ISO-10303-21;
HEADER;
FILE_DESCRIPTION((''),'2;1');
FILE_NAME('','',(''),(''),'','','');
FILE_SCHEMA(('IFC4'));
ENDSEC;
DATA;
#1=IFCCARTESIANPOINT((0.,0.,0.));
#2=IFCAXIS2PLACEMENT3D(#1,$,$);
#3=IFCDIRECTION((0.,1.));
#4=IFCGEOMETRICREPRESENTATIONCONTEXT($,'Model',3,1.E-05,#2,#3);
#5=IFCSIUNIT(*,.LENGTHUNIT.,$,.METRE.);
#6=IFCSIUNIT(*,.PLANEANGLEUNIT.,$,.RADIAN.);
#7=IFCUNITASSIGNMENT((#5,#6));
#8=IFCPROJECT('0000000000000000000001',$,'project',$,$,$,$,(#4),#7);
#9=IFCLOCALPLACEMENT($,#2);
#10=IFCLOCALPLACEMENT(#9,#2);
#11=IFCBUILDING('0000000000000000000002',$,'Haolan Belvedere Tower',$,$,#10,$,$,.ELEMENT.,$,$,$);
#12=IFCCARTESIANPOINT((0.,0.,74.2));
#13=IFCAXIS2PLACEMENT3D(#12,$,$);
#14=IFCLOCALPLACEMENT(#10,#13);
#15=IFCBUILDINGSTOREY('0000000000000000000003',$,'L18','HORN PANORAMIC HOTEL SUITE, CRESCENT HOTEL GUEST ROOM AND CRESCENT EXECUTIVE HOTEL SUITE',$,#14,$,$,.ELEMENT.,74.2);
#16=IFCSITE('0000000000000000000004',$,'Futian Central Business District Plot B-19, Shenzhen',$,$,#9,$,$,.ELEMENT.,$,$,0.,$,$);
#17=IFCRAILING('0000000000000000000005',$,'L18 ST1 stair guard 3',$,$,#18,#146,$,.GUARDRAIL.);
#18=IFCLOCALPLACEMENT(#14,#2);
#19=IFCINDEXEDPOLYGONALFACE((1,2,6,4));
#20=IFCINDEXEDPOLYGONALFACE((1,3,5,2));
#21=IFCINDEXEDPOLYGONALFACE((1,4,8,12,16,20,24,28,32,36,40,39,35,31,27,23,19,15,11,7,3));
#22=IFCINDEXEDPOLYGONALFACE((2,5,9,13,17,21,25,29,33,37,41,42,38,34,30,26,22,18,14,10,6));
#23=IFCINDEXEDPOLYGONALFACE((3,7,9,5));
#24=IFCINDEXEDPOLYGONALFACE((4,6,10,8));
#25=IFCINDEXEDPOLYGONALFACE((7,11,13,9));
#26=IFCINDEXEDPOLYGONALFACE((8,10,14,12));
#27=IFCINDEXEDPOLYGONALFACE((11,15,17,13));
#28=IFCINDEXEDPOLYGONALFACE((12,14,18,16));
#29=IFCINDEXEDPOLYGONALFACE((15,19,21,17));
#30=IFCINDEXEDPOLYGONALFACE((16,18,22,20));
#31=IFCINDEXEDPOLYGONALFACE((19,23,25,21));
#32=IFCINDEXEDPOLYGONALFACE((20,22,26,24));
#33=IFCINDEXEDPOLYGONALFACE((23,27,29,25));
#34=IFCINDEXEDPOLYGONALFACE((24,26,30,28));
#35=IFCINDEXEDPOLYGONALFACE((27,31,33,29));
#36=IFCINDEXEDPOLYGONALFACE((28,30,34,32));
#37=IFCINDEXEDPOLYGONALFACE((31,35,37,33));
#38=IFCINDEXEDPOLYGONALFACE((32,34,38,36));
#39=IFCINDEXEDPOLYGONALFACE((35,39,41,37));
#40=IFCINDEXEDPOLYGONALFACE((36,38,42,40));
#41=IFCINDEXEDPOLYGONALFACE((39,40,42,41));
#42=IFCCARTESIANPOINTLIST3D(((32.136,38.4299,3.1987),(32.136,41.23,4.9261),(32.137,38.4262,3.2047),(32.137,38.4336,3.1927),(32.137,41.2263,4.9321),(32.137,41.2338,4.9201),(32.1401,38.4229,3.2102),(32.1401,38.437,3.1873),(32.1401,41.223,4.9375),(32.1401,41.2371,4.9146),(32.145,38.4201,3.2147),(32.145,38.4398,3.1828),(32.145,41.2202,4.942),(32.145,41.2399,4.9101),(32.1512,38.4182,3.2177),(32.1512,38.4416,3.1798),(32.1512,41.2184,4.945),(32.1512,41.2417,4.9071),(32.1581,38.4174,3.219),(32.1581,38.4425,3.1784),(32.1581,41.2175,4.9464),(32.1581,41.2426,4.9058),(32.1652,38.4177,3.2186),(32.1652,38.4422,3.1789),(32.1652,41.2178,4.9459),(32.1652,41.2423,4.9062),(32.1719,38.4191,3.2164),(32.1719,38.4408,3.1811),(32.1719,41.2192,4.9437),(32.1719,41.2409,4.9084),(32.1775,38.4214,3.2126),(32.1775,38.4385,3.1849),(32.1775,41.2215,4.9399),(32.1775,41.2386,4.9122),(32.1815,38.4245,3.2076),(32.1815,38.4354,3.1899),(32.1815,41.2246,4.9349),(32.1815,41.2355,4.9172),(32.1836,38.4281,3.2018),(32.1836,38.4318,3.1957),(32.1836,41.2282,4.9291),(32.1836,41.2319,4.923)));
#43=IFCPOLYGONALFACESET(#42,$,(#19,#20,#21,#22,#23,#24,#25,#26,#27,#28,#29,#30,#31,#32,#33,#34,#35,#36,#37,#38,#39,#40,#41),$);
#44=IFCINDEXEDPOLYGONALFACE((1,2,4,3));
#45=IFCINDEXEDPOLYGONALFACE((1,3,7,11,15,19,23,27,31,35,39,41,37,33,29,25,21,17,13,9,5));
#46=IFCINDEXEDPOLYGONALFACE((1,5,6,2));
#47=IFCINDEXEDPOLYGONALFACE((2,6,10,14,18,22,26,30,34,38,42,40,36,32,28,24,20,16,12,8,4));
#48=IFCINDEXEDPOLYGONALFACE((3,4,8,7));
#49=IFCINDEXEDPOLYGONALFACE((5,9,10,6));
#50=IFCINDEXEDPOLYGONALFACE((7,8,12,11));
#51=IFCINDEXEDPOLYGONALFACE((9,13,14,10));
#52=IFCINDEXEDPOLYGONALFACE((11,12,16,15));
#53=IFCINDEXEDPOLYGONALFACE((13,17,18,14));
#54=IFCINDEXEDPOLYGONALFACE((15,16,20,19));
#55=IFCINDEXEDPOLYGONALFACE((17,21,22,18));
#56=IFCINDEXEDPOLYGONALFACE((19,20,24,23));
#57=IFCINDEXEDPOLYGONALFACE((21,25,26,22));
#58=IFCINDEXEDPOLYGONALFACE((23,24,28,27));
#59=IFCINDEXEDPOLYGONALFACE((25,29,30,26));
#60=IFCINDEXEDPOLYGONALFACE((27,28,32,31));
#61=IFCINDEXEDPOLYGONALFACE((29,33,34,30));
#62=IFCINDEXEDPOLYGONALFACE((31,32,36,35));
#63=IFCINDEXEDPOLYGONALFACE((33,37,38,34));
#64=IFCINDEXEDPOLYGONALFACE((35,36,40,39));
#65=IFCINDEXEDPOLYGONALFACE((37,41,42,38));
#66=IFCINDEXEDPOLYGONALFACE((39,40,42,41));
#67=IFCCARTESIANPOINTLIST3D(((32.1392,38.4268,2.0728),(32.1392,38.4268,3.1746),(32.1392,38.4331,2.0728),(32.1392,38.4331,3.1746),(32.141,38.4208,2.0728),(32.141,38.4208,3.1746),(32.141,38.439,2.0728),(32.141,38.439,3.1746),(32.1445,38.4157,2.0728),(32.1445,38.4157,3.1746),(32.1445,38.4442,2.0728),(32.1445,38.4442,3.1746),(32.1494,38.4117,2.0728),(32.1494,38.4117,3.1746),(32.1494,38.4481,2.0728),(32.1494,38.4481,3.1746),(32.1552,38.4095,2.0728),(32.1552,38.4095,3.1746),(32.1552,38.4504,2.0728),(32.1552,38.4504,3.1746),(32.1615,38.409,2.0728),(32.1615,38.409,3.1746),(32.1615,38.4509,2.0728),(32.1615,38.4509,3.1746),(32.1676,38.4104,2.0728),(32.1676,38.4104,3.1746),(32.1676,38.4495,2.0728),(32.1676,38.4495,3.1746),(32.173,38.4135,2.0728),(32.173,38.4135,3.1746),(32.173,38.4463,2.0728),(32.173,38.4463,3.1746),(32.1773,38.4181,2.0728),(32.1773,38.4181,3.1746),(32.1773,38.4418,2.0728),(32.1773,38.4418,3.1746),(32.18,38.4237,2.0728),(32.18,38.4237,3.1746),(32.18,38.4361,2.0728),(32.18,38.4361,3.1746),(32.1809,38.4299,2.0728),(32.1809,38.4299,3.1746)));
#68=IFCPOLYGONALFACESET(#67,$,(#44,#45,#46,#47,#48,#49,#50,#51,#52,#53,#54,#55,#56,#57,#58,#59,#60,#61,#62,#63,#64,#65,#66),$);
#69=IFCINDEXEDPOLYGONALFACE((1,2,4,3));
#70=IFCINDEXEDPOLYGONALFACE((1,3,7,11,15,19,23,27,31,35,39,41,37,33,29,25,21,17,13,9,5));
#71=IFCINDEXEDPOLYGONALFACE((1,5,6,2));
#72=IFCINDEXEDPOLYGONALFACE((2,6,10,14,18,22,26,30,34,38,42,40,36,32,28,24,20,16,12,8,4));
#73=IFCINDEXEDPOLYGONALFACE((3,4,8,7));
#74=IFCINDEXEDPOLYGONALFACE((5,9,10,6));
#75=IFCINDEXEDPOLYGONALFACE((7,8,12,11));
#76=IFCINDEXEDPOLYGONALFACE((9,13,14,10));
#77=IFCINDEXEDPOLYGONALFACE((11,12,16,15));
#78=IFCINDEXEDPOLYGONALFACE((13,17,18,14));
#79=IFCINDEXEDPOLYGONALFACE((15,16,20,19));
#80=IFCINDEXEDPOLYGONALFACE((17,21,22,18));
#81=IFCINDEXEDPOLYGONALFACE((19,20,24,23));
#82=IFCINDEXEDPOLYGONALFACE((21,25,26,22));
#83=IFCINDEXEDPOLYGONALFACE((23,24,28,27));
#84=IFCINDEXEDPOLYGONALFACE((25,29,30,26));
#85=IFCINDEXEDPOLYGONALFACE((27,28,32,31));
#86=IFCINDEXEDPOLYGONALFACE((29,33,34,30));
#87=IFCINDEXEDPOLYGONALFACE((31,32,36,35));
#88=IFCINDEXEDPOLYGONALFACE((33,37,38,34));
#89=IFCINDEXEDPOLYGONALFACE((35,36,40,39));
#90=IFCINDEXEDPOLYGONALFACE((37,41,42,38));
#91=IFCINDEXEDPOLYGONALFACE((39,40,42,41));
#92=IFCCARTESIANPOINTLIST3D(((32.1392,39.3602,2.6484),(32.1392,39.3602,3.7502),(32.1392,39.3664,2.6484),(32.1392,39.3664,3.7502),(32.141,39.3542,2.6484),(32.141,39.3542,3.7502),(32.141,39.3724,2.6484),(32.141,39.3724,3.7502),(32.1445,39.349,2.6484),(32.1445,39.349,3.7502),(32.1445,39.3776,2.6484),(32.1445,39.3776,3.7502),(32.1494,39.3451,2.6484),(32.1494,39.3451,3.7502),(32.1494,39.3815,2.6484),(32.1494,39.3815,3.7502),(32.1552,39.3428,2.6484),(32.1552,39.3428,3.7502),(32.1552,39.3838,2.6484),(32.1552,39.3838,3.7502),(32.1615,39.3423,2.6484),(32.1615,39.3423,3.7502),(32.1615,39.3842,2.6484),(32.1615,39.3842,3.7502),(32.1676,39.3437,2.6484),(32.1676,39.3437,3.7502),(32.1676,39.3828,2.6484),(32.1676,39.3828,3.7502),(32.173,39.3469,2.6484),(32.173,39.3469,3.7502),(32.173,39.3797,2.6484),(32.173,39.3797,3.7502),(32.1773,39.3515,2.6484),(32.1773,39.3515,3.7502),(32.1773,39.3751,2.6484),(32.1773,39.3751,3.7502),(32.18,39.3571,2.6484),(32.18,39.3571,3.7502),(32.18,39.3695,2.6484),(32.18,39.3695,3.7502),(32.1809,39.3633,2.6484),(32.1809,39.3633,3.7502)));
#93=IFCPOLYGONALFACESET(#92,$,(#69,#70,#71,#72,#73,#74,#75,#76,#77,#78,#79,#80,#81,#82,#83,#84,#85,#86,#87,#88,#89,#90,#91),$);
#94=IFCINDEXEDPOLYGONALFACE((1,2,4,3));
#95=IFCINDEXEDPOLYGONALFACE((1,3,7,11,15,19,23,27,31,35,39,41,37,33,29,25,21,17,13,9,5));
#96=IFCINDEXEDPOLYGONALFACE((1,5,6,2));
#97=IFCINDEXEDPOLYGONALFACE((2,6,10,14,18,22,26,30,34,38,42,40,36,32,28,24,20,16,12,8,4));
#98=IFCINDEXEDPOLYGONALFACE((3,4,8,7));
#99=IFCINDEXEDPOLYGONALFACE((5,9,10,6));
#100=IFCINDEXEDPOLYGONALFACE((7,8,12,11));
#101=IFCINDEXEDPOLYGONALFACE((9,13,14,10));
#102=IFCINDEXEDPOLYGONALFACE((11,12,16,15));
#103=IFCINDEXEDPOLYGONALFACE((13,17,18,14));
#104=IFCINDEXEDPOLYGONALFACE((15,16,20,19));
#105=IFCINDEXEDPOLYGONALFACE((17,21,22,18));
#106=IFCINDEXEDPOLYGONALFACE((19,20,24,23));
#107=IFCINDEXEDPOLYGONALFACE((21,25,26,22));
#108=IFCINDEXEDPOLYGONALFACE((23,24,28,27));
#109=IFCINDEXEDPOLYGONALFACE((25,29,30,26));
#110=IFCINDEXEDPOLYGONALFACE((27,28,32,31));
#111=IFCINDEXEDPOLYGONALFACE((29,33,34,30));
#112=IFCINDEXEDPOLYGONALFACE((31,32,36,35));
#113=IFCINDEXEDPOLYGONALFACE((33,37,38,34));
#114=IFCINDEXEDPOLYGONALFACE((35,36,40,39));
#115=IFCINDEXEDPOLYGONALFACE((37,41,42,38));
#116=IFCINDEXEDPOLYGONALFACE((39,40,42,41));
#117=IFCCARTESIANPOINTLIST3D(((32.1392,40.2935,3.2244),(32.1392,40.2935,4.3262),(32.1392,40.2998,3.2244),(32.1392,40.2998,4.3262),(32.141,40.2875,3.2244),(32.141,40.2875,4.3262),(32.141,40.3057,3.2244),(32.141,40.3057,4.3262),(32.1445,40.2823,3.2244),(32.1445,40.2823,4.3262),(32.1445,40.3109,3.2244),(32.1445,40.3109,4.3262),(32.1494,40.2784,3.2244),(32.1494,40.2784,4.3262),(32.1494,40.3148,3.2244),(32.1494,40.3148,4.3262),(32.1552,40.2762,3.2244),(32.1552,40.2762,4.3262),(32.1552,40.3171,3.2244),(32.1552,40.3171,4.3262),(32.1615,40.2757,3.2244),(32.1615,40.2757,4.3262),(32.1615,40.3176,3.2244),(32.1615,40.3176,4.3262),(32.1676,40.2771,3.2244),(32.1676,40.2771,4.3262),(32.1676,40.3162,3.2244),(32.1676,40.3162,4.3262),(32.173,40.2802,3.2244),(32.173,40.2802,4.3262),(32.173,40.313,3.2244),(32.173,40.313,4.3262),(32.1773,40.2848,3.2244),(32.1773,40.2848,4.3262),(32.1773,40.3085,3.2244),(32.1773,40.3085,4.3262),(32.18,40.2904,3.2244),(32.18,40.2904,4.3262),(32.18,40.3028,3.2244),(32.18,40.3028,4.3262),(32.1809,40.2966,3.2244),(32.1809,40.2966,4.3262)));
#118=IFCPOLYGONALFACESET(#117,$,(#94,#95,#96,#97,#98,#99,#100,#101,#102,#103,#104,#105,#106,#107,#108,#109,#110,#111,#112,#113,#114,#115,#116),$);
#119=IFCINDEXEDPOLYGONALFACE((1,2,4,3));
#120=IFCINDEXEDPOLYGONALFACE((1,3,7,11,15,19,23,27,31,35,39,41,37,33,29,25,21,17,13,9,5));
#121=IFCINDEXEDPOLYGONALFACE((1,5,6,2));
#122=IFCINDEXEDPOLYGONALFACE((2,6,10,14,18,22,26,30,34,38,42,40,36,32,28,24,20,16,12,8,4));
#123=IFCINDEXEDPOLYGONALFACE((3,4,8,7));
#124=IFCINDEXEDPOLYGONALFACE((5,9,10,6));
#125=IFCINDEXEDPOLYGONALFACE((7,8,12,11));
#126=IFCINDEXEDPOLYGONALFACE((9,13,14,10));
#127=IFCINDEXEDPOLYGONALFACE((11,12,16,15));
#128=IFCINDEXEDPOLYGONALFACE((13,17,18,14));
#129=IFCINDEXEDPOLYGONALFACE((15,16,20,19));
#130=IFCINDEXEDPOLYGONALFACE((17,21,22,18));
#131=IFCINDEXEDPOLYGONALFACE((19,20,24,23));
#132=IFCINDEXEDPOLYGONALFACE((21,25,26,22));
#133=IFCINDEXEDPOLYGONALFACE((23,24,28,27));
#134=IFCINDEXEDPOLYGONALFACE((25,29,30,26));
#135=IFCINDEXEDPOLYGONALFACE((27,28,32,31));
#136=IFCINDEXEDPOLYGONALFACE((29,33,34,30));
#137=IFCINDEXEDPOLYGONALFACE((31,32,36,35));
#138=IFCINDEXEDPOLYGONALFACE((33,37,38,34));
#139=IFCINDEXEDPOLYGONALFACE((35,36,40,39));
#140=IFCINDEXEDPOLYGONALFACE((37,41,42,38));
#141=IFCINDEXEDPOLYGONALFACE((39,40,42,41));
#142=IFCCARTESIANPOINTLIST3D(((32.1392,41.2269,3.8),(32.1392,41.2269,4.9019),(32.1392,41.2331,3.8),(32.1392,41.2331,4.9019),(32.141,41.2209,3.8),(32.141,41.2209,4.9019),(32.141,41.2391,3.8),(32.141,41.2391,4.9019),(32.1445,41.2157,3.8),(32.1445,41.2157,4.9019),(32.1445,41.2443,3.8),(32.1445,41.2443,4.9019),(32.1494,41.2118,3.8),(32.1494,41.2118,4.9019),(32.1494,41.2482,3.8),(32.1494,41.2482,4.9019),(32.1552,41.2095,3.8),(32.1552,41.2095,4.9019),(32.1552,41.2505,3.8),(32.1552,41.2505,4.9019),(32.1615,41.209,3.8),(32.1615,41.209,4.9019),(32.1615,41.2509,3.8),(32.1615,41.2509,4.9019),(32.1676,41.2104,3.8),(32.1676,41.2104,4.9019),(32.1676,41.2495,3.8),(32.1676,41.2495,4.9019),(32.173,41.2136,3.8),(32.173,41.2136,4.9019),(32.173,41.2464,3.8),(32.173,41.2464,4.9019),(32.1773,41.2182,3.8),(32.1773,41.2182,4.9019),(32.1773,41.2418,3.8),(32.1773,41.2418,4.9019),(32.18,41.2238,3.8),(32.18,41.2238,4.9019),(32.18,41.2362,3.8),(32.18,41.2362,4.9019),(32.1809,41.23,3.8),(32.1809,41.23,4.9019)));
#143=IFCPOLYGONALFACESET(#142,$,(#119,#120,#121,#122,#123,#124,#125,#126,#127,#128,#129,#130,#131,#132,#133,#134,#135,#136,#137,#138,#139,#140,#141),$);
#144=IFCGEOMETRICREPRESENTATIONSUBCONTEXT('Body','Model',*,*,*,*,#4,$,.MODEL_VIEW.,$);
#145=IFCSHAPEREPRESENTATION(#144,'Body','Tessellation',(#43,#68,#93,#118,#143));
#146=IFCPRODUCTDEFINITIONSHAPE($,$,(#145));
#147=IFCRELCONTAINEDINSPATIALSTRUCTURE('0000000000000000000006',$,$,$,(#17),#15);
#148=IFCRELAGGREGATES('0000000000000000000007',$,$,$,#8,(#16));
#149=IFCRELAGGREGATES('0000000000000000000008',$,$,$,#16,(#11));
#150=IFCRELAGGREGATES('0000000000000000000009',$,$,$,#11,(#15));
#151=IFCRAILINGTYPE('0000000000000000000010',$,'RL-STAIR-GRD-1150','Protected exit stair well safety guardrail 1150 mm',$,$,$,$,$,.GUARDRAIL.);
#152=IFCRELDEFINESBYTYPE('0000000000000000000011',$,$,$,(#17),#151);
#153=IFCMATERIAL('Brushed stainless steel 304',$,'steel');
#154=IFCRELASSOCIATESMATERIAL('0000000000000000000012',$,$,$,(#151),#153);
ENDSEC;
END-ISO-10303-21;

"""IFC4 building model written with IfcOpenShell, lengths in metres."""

from ifc_helpers import new_model, si_unit, direction, frame, origin, origin_2d, place, context, subcontext, project, spatial, circle, extrude, material, type_object, element, save


model = new_model("IFC4")

# Units and contexts
model_context = context("Model", 3, precision=1e-05, world=origin(), true_north=direction((0.0, 1.0)))
body_context = subcontext(model_context, "Body", "Model", "MODEL_VIEW")
ifc_project = project(units=[si_unit("LENGTHUNIT", "METRE"), si_unit("PLANEANGLEUNIT", "RADIAN")], contexts=[model_context])

# Site, building, storey
site_placement = place(None, origin())
site = spatial("IfcSite", under=ifc_project, at=site_placement, Name="Futian Central Business District Plot B-19, Shenzhen", CompositionType="ELEMENT", RefElevation=0.0)
building_placement = place(site_placement, origin())
building = spatial("IfcBuilding", under=site, at=building_placement, Name="Haolan Belvedere Tower", CompositionType="ELEMENT")
storey_placement = place(building_placement, frame((0.0, 0.0, 74.2)))
storey = spatial("IfcBuildingStorey", under=building, at=storey_placement, Name="L18", Description="HORN PANORAMIC HOTEL SUITE, CRESCENT HOTEL GUEST ROOM AND CRESCENT EXECUTIVE HOTEL SUITE", CompositionType="ELEMENT", Elevation=74.2)

# Railing
ifc_material_1 = material(Name="Brushed stainless steel 304", Category="steel")
railing_type = type_object("IfcRailingType", Name="RL-STAIR-GRD-1150", Description="Protected exit stair well safety guardrail 1150 mm", PredefinedType="GUARDRAIL", material=ifc_material_1)
railing_1_placement = place(storey_placement, frame((32.1599, 38.4299, 2.0728)))
element("IfcRailing", 1, at=railing_1_placement, inside=storey, type_object=railing_type, Name="L18 ST1 stair guard 3", PredefinedType="GUARDRAIL", context=body_context, shape_type="SweptSolid", body=[
    extrude(circle(Radius=0.0239, at=origin_2d()), frame((0.0, 0.0, 1.126), z_axis=(0.0, 0.85109, 0.52502), x_axis=(-1.0, 0.0, 0.0)), (0.0, 0.0, 1.0), 3.29),
    extrude(circle(Radius=0.021, at=origin_2d()), origin(), (0.0, 0.0, 1.0), 1.1018),
    extrude(circle(Radius=0.021, at=origin_2d()), frame((0.0, 0.9333, 0.5757)), (0.0, 0.0, 1.0), 1.1018),
    extrude(circle(Radius=0.021, at=origin_2d()), frame((0.0, 1.8667, 1.1516)), (0.0, 0.0, 1.0), 1.1018),
    extrude(circle(Radius=0.021, at=origin_2d()), frame((0.0, 2.8, 1.7273)), (0.0, 0.0, 1.0), 1.1018),
])

save(model, "model.ifc")
